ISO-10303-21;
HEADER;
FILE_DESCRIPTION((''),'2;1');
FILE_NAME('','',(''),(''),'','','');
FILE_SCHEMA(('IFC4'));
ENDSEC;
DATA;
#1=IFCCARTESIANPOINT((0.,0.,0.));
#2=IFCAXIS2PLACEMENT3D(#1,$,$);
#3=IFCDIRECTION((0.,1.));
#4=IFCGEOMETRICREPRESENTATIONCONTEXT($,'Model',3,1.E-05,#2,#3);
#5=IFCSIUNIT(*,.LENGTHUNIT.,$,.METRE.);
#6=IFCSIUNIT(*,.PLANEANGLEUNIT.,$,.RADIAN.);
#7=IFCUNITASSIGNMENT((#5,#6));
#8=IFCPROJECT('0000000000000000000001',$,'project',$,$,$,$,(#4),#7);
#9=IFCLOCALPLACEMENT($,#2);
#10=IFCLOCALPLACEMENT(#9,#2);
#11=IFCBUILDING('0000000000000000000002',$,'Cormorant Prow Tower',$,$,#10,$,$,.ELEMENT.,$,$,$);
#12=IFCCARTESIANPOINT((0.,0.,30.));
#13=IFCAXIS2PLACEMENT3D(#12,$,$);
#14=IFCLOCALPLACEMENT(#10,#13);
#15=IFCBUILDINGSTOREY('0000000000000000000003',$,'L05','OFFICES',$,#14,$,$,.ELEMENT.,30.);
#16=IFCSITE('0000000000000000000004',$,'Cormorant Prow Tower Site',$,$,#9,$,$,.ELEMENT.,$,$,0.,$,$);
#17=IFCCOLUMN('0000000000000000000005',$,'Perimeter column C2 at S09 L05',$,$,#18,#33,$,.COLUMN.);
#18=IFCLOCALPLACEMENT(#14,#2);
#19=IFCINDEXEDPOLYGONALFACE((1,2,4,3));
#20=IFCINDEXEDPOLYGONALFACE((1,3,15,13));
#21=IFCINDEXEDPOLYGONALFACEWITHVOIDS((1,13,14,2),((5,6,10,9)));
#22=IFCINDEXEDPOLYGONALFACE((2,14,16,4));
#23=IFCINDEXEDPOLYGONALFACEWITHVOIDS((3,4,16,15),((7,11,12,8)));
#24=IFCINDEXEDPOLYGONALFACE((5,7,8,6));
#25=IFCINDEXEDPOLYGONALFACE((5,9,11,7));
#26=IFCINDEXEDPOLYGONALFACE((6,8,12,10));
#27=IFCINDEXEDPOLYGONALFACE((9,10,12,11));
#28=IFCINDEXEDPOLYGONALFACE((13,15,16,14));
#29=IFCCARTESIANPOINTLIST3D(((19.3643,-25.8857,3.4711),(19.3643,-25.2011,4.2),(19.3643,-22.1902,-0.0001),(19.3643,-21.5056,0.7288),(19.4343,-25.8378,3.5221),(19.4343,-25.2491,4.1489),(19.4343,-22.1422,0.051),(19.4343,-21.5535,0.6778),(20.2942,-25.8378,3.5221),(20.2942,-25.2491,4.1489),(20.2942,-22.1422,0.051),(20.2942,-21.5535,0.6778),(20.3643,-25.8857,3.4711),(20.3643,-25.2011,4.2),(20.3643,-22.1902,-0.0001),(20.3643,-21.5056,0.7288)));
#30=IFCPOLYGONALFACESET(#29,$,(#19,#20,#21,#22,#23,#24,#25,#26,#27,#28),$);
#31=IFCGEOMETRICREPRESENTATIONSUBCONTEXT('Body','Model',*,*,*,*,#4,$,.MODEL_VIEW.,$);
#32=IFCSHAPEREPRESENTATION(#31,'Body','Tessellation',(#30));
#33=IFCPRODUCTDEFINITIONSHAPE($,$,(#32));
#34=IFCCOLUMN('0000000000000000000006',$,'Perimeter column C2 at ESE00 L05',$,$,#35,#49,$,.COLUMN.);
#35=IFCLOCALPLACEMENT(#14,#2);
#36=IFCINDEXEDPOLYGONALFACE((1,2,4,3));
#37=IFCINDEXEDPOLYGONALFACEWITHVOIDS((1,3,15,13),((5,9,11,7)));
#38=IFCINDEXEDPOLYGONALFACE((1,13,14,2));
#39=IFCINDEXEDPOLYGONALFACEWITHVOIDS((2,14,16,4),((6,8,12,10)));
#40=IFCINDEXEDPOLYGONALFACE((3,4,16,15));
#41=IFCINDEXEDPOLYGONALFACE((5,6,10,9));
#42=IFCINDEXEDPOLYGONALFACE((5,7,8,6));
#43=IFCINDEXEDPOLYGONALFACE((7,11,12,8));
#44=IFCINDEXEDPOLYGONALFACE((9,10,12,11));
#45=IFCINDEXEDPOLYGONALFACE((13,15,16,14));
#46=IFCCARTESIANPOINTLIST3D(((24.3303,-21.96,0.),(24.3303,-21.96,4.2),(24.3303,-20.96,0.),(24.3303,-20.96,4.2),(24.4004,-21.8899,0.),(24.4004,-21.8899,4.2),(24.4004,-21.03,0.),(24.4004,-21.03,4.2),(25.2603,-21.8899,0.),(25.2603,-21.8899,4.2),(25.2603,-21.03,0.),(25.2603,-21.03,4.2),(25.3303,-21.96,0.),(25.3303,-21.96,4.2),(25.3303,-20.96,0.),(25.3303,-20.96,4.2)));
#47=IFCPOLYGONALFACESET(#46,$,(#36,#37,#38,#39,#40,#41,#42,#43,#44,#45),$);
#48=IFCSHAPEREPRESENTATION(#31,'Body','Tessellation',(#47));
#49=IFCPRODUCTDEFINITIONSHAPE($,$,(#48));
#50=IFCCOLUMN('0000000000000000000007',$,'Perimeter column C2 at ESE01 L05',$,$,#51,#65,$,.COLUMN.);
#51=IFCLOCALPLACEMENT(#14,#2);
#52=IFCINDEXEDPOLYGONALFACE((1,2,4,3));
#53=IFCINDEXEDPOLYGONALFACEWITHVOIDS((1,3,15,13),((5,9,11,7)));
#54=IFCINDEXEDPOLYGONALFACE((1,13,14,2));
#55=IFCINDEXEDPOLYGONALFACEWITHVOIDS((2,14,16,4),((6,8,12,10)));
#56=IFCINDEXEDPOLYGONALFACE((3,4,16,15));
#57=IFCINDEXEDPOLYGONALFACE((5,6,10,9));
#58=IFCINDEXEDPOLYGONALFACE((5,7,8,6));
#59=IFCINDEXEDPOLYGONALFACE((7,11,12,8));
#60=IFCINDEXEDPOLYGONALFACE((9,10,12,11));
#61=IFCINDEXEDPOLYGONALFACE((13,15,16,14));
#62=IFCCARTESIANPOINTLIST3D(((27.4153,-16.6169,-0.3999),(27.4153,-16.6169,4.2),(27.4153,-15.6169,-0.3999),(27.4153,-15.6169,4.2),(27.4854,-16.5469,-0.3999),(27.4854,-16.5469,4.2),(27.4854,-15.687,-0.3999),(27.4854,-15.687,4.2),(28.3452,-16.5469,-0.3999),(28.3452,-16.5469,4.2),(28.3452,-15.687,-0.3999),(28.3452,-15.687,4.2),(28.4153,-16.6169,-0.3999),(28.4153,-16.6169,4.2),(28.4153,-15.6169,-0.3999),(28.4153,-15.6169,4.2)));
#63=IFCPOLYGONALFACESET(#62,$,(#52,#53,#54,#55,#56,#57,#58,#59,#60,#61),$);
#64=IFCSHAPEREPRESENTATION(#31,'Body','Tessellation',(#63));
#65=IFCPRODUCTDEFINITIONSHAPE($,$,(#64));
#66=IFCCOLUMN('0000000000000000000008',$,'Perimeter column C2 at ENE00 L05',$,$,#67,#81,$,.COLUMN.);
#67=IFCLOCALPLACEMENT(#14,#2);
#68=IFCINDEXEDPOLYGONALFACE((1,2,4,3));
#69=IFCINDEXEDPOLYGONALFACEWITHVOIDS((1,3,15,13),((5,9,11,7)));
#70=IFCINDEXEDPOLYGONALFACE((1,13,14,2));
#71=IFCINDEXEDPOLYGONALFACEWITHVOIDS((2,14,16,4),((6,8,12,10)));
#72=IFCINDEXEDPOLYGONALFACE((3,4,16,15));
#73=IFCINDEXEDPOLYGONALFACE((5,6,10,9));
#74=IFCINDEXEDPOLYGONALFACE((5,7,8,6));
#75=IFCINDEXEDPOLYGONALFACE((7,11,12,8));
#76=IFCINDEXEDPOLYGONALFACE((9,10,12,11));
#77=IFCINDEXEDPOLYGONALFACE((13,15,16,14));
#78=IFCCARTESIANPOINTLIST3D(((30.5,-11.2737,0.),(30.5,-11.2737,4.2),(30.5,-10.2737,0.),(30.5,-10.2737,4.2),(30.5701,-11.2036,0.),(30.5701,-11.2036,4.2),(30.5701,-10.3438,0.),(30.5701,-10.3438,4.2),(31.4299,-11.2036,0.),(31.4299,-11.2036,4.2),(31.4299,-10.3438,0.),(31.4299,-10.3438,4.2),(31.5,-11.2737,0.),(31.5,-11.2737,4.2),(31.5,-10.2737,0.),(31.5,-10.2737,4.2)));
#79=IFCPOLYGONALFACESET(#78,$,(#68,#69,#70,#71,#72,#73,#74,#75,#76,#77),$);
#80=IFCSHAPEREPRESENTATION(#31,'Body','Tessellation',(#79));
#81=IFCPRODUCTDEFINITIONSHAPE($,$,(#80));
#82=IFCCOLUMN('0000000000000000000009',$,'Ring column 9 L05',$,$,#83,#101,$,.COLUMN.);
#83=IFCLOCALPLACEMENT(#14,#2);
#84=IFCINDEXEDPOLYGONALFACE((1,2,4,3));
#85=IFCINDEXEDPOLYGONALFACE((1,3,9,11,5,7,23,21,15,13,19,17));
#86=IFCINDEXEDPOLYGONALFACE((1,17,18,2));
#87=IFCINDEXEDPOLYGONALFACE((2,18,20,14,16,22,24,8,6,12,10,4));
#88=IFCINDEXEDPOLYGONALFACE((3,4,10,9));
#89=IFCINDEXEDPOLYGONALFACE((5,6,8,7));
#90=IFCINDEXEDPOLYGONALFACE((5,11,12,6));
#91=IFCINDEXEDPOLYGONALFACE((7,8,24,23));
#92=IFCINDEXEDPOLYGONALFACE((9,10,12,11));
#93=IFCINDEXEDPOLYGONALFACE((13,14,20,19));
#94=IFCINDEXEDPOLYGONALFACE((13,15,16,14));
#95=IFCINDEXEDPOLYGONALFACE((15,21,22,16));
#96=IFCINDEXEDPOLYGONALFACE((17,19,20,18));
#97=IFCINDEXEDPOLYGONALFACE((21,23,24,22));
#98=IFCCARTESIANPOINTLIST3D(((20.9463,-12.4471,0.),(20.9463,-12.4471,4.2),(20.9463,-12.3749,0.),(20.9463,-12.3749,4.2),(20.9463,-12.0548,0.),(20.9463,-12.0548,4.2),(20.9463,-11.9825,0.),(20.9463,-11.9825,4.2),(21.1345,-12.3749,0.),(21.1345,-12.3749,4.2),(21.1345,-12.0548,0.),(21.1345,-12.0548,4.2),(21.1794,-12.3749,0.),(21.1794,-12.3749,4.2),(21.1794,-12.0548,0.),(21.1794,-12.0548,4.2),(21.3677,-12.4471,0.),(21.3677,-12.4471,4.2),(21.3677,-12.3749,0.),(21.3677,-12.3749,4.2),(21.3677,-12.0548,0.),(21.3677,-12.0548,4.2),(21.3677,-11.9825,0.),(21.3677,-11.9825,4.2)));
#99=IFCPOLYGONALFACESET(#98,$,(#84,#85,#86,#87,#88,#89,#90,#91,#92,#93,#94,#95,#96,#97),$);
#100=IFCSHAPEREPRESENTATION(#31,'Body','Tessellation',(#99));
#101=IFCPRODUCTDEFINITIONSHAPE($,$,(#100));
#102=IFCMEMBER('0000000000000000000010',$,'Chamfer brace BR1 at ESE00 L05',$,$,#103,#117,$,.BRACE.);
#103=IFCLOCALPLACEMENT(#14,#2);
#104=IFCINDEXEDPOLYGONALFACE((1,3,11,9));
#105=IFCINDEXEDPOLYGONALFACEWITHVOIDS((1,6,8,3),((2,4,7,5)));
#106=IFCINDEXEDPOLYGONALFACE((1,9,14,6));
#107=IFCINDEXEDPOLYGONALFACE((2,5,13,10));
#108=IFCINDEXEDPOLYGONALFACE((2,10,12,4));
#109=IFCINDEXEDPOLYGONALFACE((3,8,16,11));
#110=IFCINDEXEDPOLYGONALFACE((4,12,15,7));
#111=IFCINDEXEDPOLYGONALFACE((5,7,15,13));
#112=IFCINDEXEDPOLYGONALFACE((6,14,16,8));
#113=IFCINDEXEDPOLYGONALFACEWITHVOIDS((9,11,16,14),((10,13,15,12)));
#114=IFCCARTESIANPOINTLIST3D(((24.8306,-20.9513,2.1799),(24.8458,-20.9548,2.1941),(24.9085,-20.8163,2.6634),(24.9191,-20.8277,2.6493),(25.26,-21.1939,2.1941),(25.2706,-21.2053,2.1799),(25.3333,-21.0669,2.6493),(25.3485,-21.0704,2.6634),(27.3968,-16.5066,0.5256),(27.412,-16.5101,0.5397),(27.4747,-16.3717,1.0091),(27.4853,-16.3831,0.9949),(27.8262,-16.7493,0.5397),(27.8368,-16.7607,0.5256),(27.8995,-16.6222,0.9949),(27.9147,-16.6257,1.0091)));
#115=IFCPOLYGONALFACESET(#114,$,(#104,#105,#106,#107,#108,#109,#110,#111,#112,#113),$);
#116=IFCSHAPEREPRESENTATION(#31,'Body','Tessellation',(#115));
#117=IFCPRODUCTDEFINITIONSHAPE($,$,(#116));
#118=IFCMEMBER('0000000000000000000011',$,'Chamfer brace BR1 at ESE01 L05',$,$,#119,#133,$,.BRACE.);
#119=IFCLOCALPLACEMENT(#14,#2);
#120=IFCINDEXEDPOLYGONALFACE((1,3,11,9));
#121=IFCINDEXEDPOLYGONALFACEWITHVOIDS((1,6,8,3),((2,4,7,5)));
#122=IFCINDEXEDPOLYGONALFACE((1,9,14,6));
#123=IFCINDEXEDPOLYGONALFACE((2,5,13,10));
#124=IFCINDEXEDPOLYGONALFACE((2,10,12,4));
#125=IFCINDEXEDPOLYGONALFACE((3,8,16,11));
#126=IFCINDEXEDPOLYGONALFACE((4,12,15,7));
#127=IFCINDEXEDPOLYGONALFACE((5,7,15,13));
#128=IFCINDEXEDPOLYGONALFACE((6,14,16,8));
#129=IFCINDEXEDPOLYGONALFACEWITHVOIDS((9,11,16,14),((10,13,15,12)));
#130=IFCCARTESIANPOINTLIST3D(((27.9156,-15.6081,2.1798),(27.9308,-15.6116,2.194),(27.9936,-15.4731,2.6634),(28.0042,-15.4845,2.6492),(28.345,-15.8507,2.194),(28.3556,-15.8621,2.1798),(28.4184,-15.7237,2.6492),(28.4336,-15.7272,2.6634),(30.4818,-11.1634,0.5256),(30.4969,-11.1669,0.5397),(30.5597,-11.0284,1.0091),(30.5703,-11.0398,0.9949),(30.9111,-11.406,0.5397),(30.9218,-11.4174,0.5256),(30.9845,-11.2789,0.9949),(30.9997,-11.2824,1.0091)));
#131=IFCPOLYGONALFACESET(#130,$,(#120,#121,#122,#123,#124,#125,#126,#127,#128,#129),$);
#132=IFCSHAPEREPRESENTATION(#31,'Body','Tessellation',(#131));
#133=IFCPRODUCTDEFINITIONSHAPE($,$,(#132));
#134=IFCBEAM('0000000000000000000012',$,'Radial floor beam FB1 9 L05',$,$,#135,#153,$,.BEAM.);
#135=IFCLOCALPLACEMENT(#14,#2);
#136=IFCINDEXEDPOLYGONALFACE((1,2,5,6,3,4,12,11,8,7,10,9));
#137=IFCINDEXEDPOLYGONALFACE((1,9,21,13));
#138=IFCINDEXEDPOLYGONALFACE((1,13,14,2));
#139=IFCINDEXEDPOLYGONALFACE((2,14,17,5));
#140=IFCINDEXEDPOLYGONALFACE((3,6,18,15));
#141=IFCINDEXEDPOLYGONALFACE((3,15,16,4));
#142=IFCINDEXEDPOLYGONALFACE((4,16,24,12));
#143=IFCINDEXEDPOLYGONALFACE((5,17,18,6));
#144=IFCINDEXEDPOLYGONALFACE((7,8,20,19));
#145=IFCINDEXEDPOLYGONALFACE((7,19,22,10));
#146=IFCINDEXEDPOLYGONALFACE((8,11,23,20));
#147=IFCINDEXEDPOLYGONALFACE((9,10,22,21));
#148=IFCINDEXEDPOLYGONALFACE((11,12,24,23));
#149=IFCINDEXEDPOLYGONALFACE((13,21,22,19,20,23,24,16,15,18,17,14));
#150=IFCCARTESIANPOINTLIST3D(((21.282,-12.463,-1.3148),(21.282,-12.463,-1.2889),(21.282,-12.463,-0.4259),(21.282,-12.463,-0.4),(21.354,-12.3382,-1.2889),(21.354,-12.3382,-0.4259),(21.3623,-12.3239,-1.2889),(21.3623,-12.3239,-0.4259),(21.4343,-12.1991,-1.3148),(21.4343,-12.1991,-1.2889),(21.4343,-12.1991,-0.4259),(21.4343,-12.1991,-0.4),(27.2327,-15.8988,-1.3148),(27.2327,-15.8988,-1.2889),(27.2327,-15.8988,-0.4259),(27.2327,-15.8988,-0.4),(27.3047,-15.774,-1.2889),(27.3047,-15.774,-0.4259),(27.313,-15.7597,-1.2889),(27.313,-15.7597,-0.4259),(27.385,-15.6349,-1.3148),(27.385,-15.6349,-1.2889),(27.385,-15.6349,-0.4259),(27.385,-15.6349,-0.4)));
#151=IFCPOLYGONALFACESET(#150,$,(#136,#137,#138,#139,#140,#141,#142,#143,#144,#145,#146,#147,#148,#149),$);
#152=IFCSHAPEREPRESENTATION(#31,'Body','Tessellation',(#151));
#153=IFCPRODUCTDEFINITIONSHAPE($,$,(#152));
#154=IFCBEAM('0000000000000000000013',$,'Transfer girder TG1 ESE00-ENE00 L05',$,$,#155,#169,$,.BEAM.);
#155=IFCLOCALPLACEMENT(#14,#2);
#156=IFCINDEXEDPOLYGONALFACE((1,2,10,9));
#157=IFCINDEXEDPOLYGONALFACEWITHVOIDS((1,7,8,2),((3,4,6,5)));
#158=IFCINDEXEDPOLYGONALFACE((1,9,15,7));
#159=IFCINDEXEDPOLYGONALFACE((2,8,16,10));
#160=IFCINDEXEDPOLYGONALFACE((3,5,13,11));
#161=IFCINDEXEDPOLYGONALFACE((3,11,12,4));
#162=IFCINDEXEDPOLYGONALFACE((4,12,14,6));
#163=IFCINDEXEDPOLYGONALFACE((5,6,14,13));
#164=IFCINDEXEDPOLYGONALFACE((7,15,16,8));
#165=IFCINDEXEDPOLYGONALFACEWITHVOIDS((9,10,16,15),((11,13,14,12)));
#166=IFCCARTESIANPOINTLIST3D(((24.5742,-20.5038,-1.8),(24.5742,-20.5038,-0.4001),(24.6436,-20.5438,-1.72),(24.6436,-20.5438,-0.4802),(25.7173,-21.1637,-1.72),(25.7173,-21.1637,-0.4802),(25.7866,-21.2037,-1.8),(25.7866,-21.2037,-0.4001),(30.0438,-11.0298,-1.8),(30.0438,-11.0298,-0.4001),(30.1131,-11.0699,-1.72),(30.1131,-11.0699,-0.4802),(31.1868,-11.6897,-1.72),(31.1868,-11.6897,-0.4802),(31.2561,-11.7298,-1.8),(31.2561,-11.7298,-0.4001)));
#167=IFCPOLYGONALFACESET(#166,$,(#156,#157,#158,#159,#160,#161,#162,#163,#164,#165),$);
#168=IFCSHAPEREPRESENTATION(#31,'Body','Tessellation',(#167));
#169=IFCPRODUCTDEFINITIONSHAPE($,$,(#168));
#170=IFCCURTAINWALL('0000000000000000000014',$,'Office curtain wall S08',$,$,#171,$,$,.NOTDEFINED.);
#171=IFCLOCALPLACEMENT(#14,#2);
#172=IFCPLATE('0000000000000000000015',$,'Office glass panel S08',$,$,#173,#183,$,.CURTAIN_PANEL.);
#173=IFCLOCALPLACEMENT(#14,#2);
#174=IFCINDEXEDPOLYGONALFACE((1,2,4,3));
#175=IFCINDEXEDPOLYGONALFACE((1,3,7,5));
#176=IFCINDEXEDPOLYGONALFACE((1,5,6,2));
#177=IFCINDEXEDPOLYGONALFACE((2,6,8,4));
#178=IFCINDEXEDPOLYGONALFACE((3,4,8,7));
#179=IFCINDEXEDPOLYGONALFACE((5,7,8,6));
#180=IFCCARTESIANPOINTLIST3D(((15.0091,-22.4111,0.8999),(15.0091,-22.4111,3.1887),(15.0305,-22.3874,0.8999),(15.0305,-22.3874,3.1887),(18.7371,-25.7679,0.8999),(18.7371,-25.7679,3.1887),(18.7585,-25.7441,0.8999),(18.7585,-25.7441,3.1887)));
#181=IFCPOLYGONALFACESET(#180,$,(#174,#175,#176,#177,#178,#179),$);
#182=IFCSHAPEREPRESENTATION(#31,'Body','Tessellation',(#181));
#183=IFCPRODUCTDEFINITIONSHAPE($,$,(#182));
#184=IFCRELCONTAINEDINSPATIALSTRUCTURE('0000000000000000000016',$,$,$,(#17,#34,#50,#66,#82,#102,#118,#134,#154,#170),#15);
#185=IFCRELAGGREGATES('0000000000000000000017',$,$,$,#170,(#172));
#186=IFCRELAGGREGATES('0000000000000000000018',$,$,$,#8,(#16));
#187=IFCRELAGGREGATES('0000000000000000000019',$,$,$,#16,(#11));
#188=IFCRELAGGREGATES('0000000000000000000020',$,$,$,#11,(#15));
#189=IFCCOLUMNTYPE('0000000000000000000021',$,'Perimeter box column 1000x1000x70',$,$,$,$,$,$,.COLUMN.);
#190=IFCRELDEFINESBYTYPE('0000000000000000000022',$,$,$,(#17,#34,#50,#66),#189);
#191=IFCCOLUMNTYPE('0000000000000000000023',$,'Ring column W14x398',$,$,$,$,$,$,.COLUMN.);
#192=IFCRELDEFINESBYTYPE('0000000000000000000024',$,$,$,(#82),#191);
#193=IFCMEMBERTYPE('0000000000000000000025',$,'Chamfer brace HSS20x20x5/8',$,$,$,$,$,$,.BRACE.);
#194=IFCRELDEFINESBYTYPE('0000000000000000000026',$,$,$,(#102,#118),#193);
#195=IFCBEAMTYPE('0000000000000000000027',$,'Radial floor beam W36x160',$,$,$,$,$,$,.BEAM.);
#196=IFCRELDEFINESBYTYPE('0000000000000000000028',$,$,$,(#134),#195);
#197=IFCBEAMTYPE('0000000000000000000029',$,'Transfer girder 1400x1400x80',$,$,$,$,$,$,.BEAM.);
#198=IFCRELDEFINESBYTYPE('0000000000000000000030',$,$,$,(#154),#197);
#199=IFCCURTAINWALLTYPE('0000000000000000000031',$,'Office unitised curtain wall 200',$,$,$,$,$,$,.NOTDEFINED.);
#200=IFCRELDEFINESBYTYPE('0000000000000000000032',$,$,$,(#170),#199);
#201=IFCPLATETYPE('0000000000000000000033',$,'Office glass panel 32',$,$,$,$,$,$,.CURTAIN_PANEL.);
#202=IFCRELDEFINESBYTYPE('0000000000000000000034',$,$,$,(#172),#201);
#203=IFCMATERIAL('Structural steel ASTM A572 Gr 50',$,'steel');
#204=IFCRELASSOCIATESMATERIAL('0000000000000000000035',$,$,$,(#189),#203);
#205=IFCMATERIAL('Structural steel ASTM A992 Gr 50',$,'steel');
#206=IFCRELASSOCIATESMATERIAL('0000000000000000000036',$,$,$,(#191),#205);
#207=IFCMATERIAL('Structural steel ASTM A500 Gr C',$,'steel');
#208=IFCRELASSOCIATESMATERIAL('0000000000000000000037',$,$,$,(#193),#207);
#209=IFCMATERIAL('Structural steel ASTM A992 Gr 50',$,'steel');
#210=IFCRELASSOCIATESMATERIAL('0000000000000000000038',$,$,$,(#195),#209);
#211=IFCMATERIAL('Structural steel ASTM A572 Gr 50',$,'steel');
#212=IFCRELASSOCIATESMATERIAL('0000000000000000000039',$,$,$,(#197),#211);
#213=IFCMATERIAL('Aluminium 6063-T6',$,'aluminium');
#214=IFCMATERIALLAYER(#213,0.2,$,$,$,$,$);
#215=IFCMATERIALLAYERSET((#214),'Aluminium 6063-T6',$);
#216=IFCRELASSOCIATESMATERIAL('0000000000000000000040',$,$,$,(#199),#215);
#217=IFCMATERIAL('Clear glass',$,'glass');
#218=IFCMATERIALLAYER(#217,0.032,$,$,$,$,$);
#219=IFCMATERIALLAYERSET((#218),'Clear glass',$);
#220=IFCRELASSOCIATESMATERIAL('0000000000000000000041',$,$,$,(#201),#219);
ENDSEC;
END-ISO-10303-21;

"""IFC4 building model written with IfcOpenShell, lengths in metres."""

from ifc_helpers import new_model, si_unit, direction, frame, origin, origin_2d, place, context, subcontext, project, spatial, rectangle, hollow_rectangle, i_section, extrude, material, layer, layer_set, material_profile, profile_set, type_object, element, aggregate, save


model = new_model("IFC4")

# Units and contexts
model_context = context("Model", 3, precision=1e-05, world=origin(), true_north=direction((0.0, 1.0)))
body_context = subcontext(model_context, "Body", "Model", "MODEL_VIEW")
ifc_project = project(units=[si_unit("LENGTHUNIT", "METRE"), si_unit("PLANEANGLEUNIT", "RADIAN")], contexts=[model_context])

# Site, building, storey
site_placement = place(None, origin())
site = spatial("IfcSite", under=ifc_project, at=site_placement, Name="Cormorant Prow Tower Site", CompositionType="ELEMENT", RefElevation=0.0)
building_placement = place(site_placement, origin())
building = spatial("IfcBuilding", under=site, at=building_placement, Name="Cormorant Prow Tower", CompositionType="ELEMENT")
storey_placement = place(building_placement, frame((0.0, 0.0, 30.0)))
storey = spatial("IfcBuildingStorey", under=building, at=storey_placement, Name="L05", Description="OFFICES", CompositionType="ELEMENT", Elevation=30.0)

# Columns
ifc_material_1 = material(Name="Structural steel ASTM A572 Gr 50", Category="steel")
ifc_material_profile_1 = material_profile(ifc_material_1, hollow_rectangle(XDim=1.0, YDim=1.0, WallThickness=0.0701, at=origin_2d()), Name="Box 1000x1000x70")
ifc_profile_set_1 = profile_set([ifc_material_profile_1], Name="Structural steel ASTM A572 Gr 50")
column_type_1 = type_object("IfcColumnType", Name="Perimeter box column 1000x1000x70", PredefinedType="COLUMN", material=ifc_profile_set_1)
column_1_placement = place(storey_placement, frame((19.8643, -21.46, 0.0), z_axis=(0.0, -0.728888, 0.684633), x_axis=(1.0, 0.0, 0.0)))
element("IfcColumn", 1, at=column_1_placement, inside=storey, type_object=column_type_1, Name="Perimeter column C2 at S09 L05", PredefinedType="COLUMN", context=body_context, shape_type="SweptSolid", body=[
    extrude(hollow_rectangle(XDim=1.0, YDim=1.0, WallThickness=0.0701, at=origin_2d()), frame((0.0, 0.0, 0.5322)), (0.0, 0.0, 1.0), 5.0701),
])
column_2_placement = place(storey_placement, frame((24.8303, -21.46, 0.0), z_axis=(0.0, 0.0, 1.0), x_axis=(1.0, 0.0, 0.0)))
element("IfcColumn", 2, at=column_2_placement, inside=storey, type_object=column_type_1, Name="Perimeter column C2 at ESE00 L05", PredefinedType="COLUMN", context=body_context, shape_type="SweptSolid", body=[
    extrude(hollow_rectangle(XDim=1.0, YDim=1.0, WallThickness=0.0701, at=origin_2d()), origin(), (0.0, 0.0, 1.0), 4.2),
])
column_3_placement = place(storey_placement, frame((27.9153, -16.1169, -0.3999), z_axis=(0.0, 0.0, 1.0), x_axis=(1.0, 0.0, 0.0)))
element("IfcColumn", 3, at=column_3_placement, inside=storey, type_object=column_type_1, Name="Perimeter column C2 at ESE01 L05", PredefinedType="COLUMN", context=body_context, shape_type="SweptSolid", body=[
    extrude(hollow_rectangle(XDim=1.0, YDim=1.0, WallThickness=0.0701, at=origin_2d()), origin(), (0.0, 0.0, 1.0), 4.5999),
])
column_4_placement = place(storey_placement, frame((31.0, -10.7737, 0.0), z_axis=(0.0, 0.0, 1.0), x_axis=(1.0, 0.0, 0.0)))
element("IfcColumn", 4, at=column_4_placement, inside=storey, type_object=column_type_1, Name="Perimeter column C2 at ENE00 L05", PredefinedType="COLUMN", context=body_context, shape_type="SweptSolid", body=[
    extrude(hollow_rectangle(XDim=1.0, YDim=1.0, WallThickness=0.0701, at=origin_2d()), origin(), (0.0, 0.0, 1.0), 4.2),
])
ifc_material_2 = material(Name="Structural steel ASTM A992 Gr 50", Category="steel")
ifc_material_profile_2 = material_profile(ifc_material_2, i_section(OverallWidth=0.4214, OverallDepth=0.4646, WebThickness=0.0449, FlangeThickness=0.0723, at=origin_2d()), Name="W14x398")
ifc_profile_set_2 = profile_set([ifc_material_profile_2], Name="Structural steel ASTM A992 Gr 50")
column_type_2 = type_object("IfcColumnType", Name="Ring column W14x398", PredefinedType="COLUMN", material=ifc_profile_set_2)
column_5_placement = place(storey_placement, frame((21.157, -12.2148, 0.0), z_axis=(0.0, 0.0, 1.0), x_axis=(1.0, 0.0, 0.0)))
element("IfcColumn", 5, at=column_5_placement, inside=storey, type_object=column_type_2, Name="Ring column 9 L05", PredefinedType="COLUMN", context=body_context, shape_type="SweptSolid", body=[
    extrude(i_section(OverallWidth=0.4214, OverallDepth=0.4646, WebThickness=0.0449, FlangeThickness=0.0723, at=origin_2d()), origin(), (0.0, 0.0, 1.0), 4.2),
])

# Members
ifc_material_3 = material(Name="Structural steel ASTM A500 Gr C", Category="steel")
ifc_material_profile_3 = material_profile(ifc_material_3, hollow_rectangle(XDim=0.5081, YDim=0.5081, WallThickness=0.0149, at=origin_2d()), Name="HSS20x20x5/8")
ifc_profile_set_3 = profile_set([ifc_material_profile_3], Name="Structural steel ASTM A500 Gr C")
member_type = type_object("IfcMemberType", Name="Chamfer brace HSS20x20x5/8", PredefinedType="BRACE", material=ifc_profile_set_3)
for number, where, z_axis, x_axis, name in (
    (6, (27.6558, -16.5662, 0.7673), (-0.4759, -0.824256, 0.306793), (0.866018, -0.500012, 0.0), "Chamfer brace BR1 at ESE00 L05"),
    (7, (30.7407, -11.2229, 0.7673), (-0.475882, -0.82427, 0.306781), (0.86603, -0.499991, 0.0), "Chamfer brace BR1 at ESE01 L05"),
):
    element("IfcMember", number, at=place(storey_placement, frame(where, z_axis=z_axis, x_axis=x_axis)), inside=storey, type_object=member_type, Name=name, PredefinedType="BRACE", context=body_context, shape_type="SweptSolid", body=[
        extrude(hollow_rectangle(XDim=0.5081, YDim=0.5081, WallThickness=0.0149, at=origin_2d()), origin(), (0.0, 0.0, 1.0), 5.3923),
    ])

# Beams
ifc_material_4 = material(Name="Structural steel ASTM A992 Gr 50", Category="steel")
ifc_material_profile_4 = material_profile(ifc_material_4, i_section(OverallWidth=0.3047, OverallDepth=0.9148, WebThickness=0.0166, FlangeThickness=0.0259, at=origin_2d()), Name="W36x160")
ifc_profile_set_4 = profile_set([ifc_material_profile_4], Name="Structural steel ASTM A992 Gr 50")
beam_type_1 = type_object("IfcBeamType", Name="Radial floor beam W36x160", PredefinedType="BEAM", material=ifc_profile_set_4)
beam_1_placement = place(storey_placement, frame((21.3582, -12.3311, -0.8574), z_axis=(0.866015, -0.500018, 0.0), x_axis=(0.500018, 0.866015, 0.0)))
element("IfcBeam", 8, at=beam_1_placement, inside=storey, type_object=beam_type_1, Name="Radial floor beam FB1 9 L05", PredefinedType="BEAM", context=body_context, shape_type="SweptSolid", body=[
    extrude(i_section(OverallWidth=0.3047, OverallDepth=0.9148, WebThickness=0.0166, FlangeThickness=0.0259, at=origin_2d()), origin(), (0.0, 0.0, 1.0), 6.8713),
])
ifc_material_5 = material(Name="Structural steel ASTM A572 Gr 50", Category="steel")
ifc_material_profile_5 = material_profile(ifc_material_5, hollow_rectangle(XDim=1.3999, YDim=1.3999, WallThickness=0.0801, at=origin_2d()), Name="Box 1400x1400x80")
ifc_profile_set_5 = profile_set([ifc_material_profile_5], Name="Structural steel ASTM A572 Gr 50")
beam_type_2 = type_object("IfcBeamType", Name="Transfer girder 1400x1400x80", PredefinedType="BEAM", material=ifc_profile_set_5)
beam_2_placement = place(storey_placement, frame((25.1804, -20.8538, -1.1001), z_axis=(0.499982, 0.866036, 0.0), x_axis=(-0.866036, 0.499982, 0.0)))
element("IfcBeam", 9, at=beam_2_placement, inside=storey, type_object=beam_type_2, Name="Transfer girder TG1 ESE00-ENE00 L05", PredefinedType="BEAM", context=body_context, shape_type="SweptSolid", body=[
    extrude(hollow_rectangle(XDim=1.3999, YDim=1.3999, WallThickness=0.0801, at=origin_2d()), origin(), (0.0, 0.0, 1.0), 10.9395),
])

# Curtain wall, plate
ifc_material_6 = material(Name="Aluminium 6063-T6", Category="aluminium")
ifc_layer_1 = layer(ifc_material_6, 0.2)
ifc_layer_set_1 = layer_set([ifc_layer_1], Name="Aluminium 6063-T6")
curtain_wall_type = type_object("IfcCurtainWallType", Name="Office unitised curtain wall 200", PredefinedType="NOTDEFINED", material=ifc_layer_set_1)
curtain_wall_placement = place(storey_placement, origin())
curtain_wall = element("IfcCurtainWall", 10, at=curtain_wall_placement, inside=storey, type_object=curtain_wall_type, Name="Office curtain wall S08", PredefinedType="NOTDEFINED")
ifc_material_7 = material(Name="Clear glass", Category="glass")
ifc_layer_2 = layer(ifc_material_7, 0.032)
ifc_layer_set_2 = layer_set([ifc_layer_2], Name="Clear glass")
plate_type = type_object("IfcPlateType", Name="Office glass panel 32", PredefinedType="CURTAIN_PANEL", material=ifc_layer_set_2)
plate_placement = place(storey_placement, frame((16.8838, -24.0776, 0.8999), z_axis=(0.0, 0.0, 1.0), x_axis=(0.743145, -0.669131, 0.0)))
plate = element("IfcPlate", 11, at=plate_placement, type_object=plate_type, Name="Office glass panel S08", PredefinedType="CURTAIN_PANEL", context=body_context, shape_type="SweptSolid", body=[
    extrude(rectangle(XDim=5.0166, YDim=0.032, at=origin_2d()), origin(), (0.0, 0.0, 1.0), 2.2888),
])
aggregate(curtain_wall, [plate])

save(model, "model.ifc")
